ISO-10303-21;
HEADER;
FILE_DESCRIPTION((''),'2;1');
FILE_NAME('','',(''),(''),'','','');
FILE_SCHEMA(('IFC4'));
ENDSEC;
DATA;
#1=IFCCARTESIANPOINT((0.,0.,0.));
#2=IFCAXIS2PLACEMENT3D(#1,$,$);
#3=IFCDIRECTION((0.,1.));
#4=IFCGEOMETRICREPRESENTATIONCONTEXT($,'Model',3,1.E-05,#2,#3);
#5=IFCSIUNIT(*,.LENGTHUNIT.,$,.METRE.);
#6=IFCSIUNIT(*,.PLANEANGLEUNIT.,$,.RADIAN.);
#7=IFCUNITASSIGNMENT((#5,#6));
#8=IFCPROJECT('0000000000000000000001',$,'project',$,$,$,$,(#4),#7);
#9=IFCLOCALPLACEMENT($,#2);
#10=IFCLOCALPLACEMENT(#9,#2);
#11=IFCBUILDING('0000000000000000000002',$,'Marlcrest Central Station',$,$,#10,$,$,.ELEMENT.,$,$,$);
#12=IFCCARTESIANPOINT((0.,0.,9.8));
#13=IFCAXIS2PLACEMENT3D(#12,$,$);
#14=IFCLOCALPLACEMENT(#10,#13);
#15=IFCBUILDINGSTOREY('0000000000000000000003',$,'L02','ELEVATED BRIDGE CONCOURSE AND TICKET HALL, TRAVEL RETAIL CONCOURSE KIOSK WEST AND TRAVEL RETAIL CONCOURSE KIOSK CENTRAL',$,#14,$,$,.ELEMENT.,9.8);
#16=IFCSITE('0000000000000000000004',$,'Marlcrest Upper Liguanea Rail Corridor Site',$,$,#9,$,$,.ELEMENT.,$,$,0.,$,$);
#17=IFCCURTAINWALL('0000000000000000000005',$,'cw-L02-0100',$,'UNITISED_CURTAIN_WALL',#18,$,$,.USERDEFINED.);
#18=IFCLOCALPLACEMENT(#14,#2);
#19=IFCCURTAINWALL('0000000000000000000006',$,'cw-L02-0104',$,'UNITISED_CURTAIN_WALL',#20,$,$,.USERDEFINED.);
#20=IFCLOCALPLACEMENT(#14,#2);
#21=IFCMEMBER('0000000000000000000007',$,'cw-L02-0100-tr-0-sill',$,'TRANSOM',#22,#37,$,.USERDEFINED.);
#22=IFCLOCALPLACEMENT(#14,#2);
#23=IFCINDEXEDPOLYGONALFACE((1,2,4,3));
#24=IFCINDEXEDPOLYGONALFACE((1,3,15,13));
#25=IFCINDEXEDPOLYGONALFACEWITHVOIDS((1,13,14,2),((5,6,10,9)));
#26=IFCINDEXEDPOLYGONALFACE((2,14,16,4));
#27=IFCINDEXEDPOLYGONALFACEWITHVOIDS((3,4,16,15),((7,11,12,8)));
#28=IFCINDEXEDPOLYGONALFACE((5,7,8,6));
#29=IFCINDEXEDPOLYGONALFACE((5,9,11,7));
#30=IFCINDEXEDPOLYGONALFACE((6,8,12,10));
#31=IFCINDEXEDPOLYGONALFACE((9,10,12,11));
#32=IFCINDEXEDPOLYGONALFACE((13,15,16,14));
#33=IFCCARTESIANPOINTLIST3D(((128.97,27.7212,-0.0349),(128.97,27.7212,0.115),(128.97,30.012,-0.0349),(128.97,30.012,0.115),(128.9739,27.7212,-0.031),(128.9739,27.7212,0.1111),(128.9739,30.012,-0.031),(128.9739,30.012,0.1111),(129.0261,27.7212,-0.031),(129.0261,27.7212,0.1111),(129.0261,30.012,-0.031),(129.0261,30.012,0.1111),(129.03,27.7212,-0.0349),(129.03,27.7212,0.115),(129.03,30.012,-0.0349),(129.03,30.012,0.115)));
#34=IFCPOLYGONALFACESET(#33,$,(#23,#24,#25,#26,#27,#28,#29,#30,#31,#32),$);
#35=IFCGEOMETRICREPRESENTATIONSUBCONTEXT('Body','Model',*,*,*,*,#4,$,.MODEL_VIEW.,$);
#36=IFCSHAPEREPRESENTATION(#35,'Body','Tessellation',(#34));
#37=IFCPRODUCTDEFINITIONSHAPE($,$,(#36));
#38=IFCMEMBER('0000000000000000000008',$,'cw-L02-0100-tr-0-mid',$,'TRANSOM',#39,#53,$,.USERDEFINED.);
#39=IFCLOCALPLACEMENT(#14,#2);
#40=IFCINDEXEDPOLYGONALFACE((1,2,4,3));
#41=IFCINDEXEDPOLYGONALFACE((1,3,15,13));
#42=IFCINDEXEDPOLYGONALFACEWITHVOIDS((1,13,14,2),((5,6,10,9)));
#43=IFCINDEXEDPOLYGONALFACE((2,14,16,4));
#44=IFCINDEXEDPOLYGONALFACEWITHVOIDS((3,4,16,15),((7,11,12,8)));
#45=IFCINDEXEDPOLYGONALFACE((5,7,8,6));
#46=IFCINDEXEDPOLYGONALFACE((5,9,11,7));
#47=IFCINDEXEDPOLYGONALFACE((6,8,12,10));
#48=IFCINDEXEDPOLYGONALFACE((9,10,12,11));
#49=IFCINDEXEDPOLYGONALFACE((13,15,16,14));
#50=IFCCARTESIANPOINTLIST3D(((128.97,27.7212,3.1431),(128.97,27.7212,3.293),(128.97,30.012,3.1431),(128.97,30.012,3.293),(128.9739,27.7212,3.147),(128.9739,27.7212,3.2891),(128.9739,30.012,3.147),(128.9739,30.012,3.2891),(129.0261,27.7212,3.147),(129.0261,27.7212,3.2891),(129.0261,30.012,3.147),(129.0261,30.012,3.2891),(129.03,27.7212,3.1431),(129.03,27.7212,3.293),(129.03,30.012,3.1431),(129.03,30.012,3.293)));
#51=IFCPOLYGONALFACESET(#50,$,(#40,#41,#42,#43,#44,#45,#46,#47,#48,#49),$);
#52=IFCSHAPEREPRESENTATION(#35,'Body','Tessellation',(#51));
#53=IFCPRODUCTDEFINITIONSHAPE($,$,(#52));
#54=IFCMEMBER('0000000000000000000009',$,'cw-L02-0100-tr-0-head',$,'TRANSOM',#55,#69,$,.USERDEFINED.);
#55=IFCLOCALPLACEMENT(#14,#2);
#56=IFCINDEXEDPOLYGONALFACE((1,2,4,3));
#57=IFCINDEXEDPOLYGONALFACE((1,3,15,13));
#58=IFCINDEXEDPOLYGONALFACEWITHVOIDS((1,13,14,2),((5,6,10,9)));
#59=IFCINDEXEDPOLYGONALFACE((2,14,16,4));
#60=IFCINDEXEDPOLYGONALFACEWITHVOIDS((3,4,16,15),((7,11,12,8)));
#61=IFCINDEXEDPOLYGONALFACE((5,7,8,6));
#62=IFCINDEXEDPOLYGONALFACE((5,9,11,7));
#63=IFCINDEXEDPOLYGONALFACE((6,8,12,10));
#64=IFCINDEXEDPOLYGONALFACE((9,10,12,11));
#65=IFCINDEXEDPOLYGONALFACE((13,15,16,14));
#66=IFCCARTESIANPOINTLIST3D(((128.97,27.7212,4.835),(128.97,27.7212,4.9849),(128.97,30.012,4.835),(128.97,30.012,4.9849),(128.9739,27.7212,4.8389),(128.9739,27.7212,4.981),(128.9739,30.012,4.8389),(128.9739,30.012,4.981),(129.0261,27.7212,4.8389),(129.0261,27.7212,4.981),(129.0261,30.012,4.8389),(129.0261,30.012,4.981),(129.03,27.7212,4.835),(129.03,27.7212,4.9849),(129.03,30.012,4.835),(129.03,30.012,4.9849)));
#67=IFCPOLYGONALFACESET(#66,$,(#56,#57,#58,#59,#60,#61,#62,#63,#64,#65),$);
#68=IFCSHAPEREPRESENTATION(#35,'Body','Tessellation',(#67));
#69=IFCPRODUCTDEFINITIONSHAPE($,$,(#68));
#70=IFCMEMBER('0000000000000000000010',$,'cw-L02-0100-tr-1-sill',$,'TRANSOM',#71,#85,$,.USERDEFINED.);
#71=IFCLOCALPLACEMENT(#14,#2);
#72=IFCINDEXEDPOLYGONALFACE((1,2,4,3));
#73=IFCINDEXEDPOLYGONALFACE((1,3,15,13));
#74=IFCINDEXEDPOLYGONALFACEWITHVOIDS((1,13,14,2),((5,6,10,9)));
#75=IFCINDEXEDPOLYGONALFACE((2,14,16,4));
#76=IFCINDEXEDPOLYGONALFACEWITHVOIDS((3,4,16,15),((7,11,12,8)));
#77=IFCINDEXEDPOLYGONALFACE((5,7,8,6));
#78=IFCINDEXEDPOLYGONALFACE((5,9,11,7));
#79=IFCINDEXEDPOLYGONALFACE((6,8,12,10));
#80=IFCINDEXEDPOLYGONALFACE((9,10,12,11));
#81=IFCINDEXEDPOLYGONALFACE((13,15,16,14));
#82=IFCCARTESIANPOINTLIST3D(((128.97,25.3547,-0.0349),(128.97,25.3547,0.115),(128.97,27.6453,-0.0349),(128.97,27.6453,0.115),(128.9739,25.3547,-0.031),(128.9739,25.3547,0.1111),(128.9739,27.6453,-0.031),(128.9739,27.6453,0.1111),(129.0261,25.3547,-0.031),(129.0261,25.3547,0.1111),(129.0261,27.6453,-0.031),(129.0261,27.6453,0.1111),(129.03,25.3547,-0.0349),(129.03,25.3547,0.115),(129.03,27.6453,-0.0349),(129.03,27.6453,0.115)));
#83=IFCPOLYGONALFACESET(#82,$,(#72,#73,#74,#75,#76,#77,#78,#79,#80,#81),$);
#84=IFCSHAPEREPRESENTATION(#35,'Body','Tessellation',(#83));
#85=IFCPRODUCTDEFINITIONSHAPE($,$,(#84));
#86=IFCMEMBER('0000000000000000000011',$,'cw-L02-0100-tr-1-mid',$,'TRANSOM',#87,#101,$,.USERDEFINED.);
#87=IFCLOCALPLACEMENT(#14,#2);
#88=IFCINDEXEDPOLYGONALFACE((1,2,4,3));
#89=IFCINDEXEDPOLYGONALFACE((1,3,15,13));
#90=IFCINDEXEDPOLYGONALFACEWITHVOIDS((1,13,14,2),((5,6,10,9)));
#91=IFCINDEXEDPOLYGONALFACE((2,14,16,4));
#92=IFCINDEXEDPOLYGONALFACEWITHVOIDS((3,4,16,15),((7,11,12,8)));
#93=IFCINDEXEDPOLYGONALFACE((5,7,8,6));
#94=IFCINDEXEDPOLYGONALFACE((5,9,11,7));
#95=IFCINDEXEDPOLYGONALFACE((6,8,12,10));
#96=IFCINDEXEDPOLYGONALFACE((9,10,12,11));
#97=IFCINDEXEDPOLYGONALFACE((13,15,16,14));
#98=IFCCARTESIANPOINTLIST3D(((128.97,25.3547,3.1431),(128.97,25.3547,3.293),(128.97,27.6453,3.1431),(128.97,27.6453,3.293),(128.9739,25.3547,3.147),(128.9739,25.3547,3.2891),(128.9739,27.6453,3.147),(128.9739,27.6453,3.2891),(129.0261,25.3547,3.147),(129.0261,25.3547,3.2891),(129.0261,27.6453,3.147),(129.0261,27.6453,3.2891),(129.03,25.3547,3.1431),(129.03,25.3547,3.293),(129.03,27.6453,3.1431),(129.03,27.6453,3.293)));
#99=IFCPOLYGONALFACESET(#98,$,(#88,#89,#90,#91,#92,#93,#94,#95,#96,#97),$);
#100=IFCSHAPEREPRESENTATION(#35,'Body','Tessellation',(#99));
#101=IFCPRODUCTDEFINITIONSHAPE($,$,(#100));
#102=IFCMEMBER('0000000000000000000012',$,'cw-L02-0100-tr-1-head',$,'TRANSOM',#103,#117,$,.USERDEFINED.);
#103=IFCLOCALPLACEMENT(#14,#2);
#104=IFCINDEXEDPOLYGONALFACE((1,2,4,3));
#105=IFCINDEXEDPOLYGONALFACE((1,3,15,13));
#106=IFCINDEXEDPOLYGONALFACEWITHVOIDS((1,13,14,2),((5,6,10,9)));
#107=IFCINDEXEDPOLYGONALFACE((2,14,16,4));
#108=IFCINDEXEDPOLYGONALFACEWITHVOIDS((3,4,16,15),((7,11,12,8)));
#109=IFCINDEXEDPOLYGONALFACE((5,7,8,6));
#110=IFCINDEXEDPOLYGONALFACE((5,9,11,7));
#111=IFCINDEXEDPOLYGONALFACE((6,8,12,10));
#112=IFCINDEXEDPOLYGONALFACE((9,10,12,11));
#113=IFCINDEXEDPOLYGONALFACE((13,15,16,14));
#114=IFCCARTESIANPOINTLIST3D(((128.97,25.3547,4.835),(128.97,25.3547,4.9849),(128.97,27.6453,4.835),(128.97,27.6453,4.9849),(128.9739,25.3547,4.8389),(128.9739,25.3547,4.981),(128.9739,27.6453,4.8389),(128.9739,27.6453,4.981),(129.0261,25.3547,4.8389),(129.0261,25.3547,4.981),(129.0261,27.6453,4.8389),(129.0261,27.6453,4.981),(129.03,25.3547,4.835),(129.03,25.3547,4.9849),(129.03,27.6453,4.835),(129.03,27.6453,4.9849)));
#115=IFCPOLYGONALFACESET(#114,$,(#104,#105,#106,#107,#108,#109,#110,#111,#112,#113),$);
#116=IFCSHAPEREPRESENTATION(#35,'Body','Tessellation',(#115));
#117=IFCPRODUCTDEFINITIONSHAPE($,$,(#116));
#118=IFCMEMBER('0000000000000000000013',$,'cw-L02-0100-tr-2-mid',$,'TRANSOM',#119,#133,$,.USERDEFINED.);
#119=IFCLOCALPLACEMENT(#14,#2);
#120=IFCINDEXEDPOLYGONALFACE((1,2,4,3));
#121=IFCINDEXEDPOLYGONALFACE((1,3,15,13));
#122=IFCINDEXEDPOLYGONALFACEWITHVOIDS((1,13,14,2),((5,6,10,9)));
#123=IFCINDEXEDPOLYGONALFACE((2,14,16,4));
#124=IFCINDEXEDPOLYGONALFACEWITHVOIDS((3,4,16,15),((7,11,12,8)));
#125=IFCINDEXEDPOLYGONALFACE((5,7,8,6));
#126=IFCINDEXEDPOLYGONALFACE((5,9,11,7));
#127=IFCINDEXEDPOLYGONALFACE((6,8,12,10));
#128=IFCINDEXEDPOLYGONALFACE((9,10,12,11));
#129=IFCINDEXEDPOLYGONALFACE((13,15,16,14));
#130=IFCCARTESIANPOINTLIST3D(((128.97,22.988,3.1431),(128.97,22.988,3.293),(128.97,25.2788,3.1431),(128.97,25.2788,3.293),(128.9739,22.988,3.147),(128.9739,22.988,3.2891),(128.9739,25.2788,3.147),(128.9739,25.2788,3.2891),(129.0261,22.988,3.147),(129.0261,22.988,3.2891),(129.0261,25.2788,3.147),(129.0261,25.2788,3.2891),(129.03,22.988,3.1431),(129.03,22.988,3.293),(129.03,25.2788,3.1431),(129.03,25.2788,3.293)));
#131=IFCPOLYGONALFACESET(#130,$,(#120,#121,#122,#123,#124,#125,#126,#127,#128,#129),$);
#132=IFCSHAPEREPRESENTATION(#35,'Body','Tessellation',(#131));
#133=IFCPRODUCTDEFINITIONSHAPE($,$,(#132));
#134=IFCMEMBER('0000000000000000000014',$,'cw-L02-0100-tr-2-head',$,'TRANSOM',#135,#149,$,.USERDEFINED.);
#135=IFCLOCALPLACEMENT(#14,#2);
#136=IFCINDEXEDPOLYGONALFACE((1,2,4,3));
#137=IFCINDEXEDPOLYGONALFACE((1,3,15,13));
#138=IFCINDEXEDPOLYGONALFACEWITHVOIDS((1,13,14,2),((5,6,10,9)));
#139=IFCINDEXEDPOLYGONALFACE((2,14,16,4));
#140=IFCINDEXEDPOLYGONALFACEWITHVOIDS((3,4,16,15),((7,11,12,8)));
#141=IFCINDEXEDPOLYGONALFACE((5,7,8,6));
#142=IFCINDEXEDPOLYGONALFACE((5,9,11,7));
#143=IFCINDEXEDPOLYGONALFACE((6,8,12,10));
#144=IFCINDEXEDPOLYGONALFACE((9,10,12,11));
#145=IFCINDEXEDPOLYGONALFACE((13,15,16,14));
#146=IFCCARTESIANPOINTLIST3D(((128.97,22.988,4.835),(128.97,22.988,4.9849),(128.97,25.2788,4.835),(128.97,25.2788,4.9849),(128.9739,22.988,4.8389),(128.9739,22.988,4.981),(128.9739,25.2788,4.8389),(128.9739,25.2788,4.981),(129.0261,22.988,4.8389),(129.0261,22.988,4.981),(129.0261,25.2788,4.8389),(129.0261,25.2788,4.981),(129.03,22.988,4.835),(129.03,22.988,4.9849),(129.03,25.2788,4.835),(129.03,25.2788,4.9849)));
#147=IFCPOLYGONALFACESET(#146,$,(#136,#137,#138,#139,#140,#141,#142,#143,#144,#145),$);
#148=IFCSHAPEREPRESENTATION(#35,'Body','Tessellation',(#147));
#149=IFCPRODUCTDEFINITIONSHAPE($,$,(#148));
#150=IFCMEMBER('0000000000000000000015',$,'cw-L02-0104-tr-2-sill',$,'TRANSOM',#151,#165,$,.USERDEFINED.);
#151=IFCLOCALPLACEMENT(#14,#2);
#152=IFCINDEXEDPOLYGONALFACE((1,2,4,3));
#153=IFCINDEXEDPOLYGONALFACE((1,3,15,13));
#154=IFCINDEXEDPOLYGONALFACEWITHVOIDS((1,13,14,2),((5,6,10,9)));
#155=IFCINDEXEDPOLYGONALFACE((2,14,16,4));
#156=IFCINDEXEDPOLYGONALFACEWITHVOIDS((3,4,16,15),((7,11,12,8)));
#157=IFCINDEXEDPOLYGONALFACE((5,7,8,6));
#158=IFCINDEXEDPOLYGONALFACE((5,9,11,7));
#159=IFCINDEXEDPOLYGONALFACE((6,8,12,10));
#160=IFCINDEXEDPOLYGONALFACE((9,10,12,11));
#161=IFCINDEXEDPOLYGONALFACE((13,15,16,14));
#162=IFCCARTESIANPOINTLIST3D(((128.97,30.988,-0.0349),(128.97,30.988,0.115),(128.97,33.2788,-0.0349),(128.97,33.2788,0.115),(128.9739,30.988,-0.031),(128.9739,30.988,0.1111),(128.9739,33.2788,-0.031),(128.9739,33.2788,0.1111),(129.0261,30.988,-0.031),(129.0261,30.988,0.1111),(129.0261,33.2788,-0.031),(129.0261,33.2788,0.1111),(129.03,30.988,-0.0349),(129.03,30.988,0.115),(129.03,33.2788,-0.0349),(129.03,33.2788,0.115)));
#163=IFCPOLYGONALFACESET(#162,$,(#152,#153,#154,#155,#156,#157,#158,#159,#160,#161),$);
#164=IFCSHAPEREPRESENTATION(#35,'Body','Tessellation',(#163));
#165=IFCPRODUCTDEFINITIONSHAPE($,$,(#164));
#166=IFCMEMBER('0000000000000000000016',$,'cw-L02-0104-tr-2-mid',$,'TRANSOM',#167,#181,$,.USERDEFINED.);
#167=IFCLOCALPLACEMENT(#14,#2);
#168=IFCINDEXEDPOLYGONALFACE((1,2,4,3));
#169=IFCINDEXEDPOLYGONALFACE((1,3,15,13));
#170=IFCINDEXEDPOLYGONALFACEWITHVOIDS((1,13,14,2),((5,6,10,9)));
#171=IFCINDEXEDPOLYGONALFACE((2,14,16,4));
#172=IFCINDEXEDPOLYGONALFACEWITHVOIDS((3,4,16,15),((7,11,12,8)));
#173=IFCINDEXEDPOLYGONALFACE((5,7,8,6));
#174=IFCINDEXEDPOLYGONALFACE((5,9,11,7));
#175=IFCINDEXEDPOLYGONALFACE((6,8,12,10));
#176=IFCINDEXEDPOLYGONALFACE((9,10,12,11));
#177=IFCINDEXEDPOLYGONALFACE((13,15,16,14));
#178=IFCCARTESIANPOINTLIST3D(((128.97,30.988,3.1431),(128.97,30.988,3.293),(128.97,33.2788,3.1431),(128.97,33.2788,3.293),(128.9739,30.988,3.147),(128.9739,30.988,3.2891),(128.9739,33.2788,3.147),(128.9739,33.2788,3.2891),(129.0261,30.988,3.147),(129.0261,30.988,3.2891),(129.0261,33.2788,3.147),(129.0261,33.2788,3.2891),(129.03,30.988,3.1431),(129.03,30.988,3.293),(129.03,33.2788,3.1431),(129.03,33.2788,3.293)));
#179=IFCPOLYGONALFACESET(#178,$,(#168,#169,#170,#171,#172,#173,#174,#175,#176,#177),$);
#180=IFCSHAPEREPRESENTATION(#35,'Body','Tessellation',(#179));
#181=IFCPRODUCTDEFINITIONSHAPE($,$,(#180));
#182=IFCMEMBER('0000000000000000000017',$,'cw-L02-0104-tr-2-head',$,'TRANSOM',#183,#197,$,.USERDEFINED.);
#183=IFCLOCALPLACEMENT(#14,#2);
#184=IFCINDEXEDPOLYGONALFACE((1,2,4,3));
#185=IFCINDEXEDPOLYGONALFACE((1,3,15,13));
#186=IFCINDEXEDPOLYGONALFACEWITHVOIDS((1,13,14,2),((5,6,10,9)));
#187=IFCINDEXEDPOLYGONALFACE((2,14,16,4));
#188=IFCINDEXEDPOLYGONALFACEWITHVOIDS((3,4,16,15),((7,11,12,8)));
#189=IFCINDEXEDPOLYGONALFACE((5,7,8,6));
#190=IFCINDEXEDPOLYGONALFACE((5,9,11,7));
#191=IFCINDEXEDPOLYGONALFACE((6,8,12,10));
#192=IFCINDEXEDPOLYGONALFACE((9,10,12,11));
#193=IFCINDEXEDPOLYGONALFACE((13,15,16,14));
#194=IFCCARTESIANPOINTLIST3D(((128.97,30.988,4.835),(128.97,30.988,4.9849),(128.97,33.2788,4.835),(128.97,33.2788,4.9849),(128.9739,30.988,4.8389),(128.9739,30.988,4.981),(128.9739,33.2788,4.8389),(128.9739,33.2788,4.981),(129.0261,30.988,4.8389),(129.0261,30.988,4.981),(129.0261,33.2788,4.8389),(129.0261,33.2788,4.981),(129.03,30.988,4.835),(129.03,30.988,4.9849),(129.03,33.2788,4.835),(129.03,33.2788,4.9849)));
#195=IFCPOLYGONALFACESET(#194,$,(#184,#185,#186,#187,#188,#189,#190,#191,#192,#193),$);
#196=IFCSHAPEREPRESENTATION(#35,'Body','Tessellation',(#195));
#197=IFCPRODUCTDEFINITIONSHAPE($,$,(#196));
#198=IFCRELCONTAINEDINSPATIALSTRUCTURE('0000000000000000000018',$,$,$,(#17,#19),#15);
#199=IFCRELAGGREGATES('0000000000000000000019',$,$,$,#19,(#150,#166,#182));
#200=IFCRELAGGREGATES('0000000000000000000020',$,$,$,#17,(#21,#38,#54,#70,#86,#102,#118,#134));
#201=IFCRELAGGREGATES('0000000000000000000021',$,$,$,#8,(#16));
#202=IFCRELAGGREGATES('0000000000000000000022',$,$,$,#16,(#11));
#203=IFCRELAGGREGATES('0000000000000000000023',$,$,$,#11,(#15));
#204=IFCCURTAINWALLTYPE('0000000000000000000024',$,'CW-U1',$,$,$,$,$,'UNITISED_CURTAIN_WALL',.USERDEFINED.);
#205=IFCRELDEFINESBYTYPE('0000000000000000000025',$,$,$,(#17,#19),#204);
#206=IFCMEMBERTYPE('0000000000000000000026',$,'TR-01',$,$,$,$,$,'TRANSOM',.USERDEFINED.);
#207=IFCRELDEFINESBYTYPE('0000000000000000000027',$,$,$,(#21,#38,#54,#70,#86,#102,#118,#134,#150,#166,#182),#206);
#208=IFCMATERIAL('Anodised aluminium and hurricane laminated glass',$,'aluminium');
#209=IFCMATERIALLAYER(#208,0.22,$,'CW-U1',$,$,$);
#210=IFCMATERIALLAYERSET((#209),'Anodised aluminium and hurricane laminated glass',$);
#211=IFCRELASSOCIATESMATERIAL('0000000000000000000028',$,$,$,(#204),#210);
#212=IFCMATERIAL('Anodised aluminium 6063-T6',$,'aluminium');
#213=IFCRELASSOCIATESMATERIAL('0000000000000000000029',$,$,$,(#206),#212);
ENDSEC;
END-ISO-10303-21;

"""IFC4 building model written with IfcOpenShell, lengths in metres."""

from ifc_helpers import new_model, si_unit, direction, frame, origin, origin_2d, place, context, subcontext, project, spatial, hollow_rectangle, extrude, material, layer, layer_set, material_profile, profile_set, type_object, element, aggregate, save


model = new_model("IFC4")

# Units and contexts
model_context = context("Model", 3, precision=1e-05, world=origin(), true_north=direction((0.0, 1.0)))
body_context = subcontext(model_context, "Body", "Model", "MODEL_VIEW")
ifc_project = project(units=[si_unit("LENGTHUNIT", "METRE"), si_unit("PLANEANGLEUNIT", "RADIAN")], contexts=[model_context])

# Site, building, storey
site_placement = place(None, origin())
site = spatial("IfcSite", under=ifc_project, at=site_placement, Name="Marlcrest Upper Liguanea Rail Corridor Site", CompositionType="ELEMENT", RefElevation=0.0)
building_placement = place(site_placement, origin())
building = spatial("IfcBuilding", under=site, at=building_placement, Name="Marlcrest Central Station", CompositionType="ELEMENT")
storey_placement = place(building_placement, frame((0.0, 0.0, 9.8)))
storey = spatial("IfcBuildingStorey", under=building, at=storey_placement, Name="L02", Description="ELEVATED BRIDGE CONCOURSE AND TICKET HALL, TRAVEL RETAIL CONCOURSE KIOSK WEST AND TRAVEL RETAIL CONCOURSE KIOSK CENTRAL", CompositionType="ELEMENT", Elevation=9.8)

# Curtain walls
ifc_material_1 = material(Name="Anodised aluminium and hurricane laminated glass", Category="aluminium")
ifc_layer_1 = layer(ifc_material_1, 0.22, Name="CW-U1")
ifc_layer_set_1 = layer_set([ifc_layer_1], Name="Anodised aluminium and hurricane laminated glass")
curtain_wall_type = type_object("IfcCurtainWallType", Name="CW-U1", ElementType="UNITISED_CURTAIN_WALL", PredefinedType="USERDEFINED", material=ifc_layer_set_1)
curtain_wall_1_placement = place(storey_placement, origin())
curtain_wall_1 = element("IfcCurtainWall", 1, at=curtain_wall_1_placement, inside=storey, type_object=curtain_wall_type, Name="cw-L02-0100", ObjectType="UNITISED_CURTAIN_WALL", PredefinedType="USERDEFINED")
ifc_material_2 = material(Name="Anodised aluminium 6063-T6", Category="aluminium")
curtain_wall_2_placement = place(storey_placement, origin())
curtain_wall_2 = element("IfcCurtainWall", 2, at=curtain_wall_2_placement, inside=storey, type_object=curtain_wall_type, Name="cw-L02-0104", ObjectType="UNITISED_CURTAIN_WALL", PredefinedType="USERDEFINED")

# Members
ifc_material_profile_1 = material_profile(ifc_material_2, hollow_rectangle(XDim=0.0601, YDim=0.1499, WallThickness=0.0039, at=origin_2d()), Name="AA-RHS 150x60x4")
ifc_profile_set_1 = profile_set([ifc_material_profile_1], Name="Anodised aluminium 6063-T6")
member_type_1 = type_object("IfcMemberType", Name="TR-01", ElementType="TRANSOM", PredefinedType="USERDEFINED", material=ifc_profile_set_1)
member_1_placement = place(storey_placement, frame((129.0, 30.012, 0.04), z_axis=(0.0, -1.0, 0.0), x_axis=(1.0, 0.0, 0.0)))
member_1 = element("IfcMember", 3, at=member_1_placement, type_object=member_type_1, Name="cw-L02-0100-tr-0-sill", ObjectType="TRANSOM", PredefinedType="USERDEFINED", context=body_context, shape_type="SweptSolid", body=[
    extrude(hollow_rectangle(XDim=0.0601, YDim=0.1499, WallThickness=0.0039, at=origin_2d()), origin(), (0.0, 0.0, 1.0), 2.2908),
])
member_2_placement = place(storey_placement, frame((129.0, 30.012, 3.218), z_axis=(0.0, -1.0, 0.0), x_axis=(1.0, 0.0, 0.0)))
member_2 = element("IfcMember", 4, at=member_2_placement, type_object=member_type_1, Name="cw-L02-0100-tr-0-mid", ObjectType="TRANSOM", PredefinedType="USERDEFINED", context=body_context, shape_type="SweptSolid", body=[
    extrude(hollow_rectangle(XDim=0.0601, YDim=0.1499, WallThickness=0.0039, at=origin_2d()), origin(), (0.0, 0.0, 1.0), 2.2908),
])
member_3_placement = place(storey_placement, frame((129.0, 30.012, 4.9099), z_axis=(0.0, -1.0, 0.0), x_axis=(1.0, 0.0, 0.0)))
member_3 = element("IfcMember", 5, at=member_3_placement, type_object=member_type_1, Name="cw-L02-0100-tr-0-head", ObjectType="TRANSOM", PredefinedType="USERDEFINED", context=body_context, shape_type="SweptSolid", body=[
    extrude(hollow_rectangle(XDim=0.0601, YDim=0.1499, WallThickness=0.0039, at=origin_2d()), origin(), (0.0, 0.0, 1.0), 2.2908),
])
member_4_placement = place(storey_placement, frame((129.0, 27.6453, 0.04), z_axis=(0.0, -1.0, 0.0), x_axis=(1.0, 0.0, 0.0)))
member_4 = element("IfcMember", 6, at=member_4_placement, type_object=member_type_1, Name="cw-L02-0100-tr-1-sill", ObjectType="TRANSOM", PredefinedType="USERDEFINED", context=body_context, shape_type="SweptSolid", body=[
    extrude(hollow_rectangle(XDim=0.0601, YDim=0.1499, WallThickness=0.0039, at=origin_2d()), origin(), (0.0, 0.0, 1.0), 2.2905),
])
member_5_placement = place(storey_placement, frame((129.0, 27.6453, 3.218), z_axis=(0.0, -1.0, 0.0), x_axis=(1.0, 0.0, 0.0)))
member_5 = element("IfcMember", 7, at=member_5_placement, type_object=member_type_1, Name="cw-L02-0100-tr-1-mid", ObjectType="TRANSOM", PredefinedType="USERDEFINED", context=body_context, shape_type="SweptSolid", body=[
    extrude(hollow_rectangle(XDim=0.0601, YDim=0.1499, WallThickness=0.0039, at=origin_2d()), origin(), (0.0, 0.0, 1.0), 2.2905),
])
member_6_placement = place(storey_placement, frame((129.0, 27.6453, 4.9099), z_axis=(0.0, -1.0, 0.0), x_axis=(1.0, 0.0, 0.0)))
member_6 = element("IfcMember", 8, at=member_6_placement, type_object=member_type_1, Name="cw-L02-0100-tr-1-head", ObjectType="TRANSOM", PredefinedType="USERDEFINED", context=body_context, shape_type="SweptSolid", body=[
    extrude(hollow_rectangle(XDim=0.0601, YDim=0.1499, WallThickness=0.0039, at=origin_2d()), origin(), (0.0, 0.0, 1.0), 2.2905),
])
member_7_placement = place(storey_placement, frame((129.0, 25.2788, 3.218), z_axis=(0.0, -1.0, 0.0), x_axis=(1.0, 0.0, 0.0)))
member_7 = element("IfcMember", 9, at=member_7_placement, type_object=member_type_1, Name="cw-L02-0100-tr-2-mid", ObjectType="TRANSOM", PredefinedType="USERDEFINED", context=body_context, shape_type="SweptSolid", body=[
    extrude(hollow_rectangle(XDim=0.0601, YDim=0.1499, WallThickness=0.0039, at=origin_2d()), origin(), (0.0, 0.0, 1.0), 2.2908),
])
member_8_placement = place(storey_placement, frame((129.0, 25.2788, 4.9099), z_axis=(0.0, -1.0, 0.0), x_axis=(1.0, 0.0, 0.0)))
member_8 = element("IfcMember", 10, at=member_8_placement, type_object=member_type_1, Name="cw-L02-0100-tr-2-head", ObjectType="TRANSOM", PredefinedType="USERDEFINED", context=body_context, shape_type="SweptSolid", body=[
    extrude(hollow_rectangle(XDim=0.0601, YDim=0.1499, WallThickness=0.0039, at=origin_2d()), origin(), (0.0, 0.0, 1.0), 2.2908),
])
member_9_placement = place(storey_placement, frame((129.0, 33.2788, 0.04), z_axis=(0.0, -1.0, 0.0), x_axis=(1.0, 0.0, 0.0)))
member_9 = element("IfcMember", 11, at=member_9_placement, type_object=member_type_1, Name="cw-L02-0104-tr-2-sill", ObjectType="TRANSOM", PredefinedType="USERDEFINED", context=body_context, shape_type="SweptSolid", body=[
    extrude(hollow_rectangle(XDim=0.0601, YDim=0.1499, WallThickness=0.0039, at=origin_2d()), origin(), (0.0, 0.0, 1.0), 2.2908),
])
member_10_placement = place(storey_placement, frame((129.0, 33.2788, 3.218), z_axis=(0.0, -1.0, 0.0), x_axis=(1.0, 0.0, 0.0)))
member_10 = element("IfcMember", 12, at=member_10_placement, type_object=member_type_1, Name="cw-L02-0104-tr-2-mid", ObjectType="TRANSOM", PredefinedType="USERDEFINED", context=body_context, shape_type="SweptSolid", body=[
    extrude(hollow_rectangle(XDim=0.0601, YDim=0.1499, WallThickness=0.0039, at=origin_2d()), origin(), (0.0, 0.0, 1.0), 2.2908),
])
member_11_placement = place(storey_placement, frame((129.0, 33.2788, 4.9099), z_axis=(0.0, -1.0, 0.0), x_axis=(1.0, 0.0, 0.0)))
member_11 = element("IfcMember", 13, at=member_11_placement, type_object=member_type_1, Name="cw-L02-0104-tr-2-head", ObjectType="TRANSOM", PredefinedType="USERDEFINED", context=body_context, shape_type="SweptSolid", body=[
    extrude(hollow_rectangle(XDim=0.0601, YDim=0.1499, WallThickness=0.0039, at=origin_2d()), origin(), (0.0, 0.0, 1.0), 2.2908),
])

aggregate(curtain_wall_2, [member_9, member_10, member_11])
aggregate(curtain_wall_1, [member_1, member_2, member_3, member_4, member_5, member_6, member_7, member_8])

save(model, "model.ifc")
